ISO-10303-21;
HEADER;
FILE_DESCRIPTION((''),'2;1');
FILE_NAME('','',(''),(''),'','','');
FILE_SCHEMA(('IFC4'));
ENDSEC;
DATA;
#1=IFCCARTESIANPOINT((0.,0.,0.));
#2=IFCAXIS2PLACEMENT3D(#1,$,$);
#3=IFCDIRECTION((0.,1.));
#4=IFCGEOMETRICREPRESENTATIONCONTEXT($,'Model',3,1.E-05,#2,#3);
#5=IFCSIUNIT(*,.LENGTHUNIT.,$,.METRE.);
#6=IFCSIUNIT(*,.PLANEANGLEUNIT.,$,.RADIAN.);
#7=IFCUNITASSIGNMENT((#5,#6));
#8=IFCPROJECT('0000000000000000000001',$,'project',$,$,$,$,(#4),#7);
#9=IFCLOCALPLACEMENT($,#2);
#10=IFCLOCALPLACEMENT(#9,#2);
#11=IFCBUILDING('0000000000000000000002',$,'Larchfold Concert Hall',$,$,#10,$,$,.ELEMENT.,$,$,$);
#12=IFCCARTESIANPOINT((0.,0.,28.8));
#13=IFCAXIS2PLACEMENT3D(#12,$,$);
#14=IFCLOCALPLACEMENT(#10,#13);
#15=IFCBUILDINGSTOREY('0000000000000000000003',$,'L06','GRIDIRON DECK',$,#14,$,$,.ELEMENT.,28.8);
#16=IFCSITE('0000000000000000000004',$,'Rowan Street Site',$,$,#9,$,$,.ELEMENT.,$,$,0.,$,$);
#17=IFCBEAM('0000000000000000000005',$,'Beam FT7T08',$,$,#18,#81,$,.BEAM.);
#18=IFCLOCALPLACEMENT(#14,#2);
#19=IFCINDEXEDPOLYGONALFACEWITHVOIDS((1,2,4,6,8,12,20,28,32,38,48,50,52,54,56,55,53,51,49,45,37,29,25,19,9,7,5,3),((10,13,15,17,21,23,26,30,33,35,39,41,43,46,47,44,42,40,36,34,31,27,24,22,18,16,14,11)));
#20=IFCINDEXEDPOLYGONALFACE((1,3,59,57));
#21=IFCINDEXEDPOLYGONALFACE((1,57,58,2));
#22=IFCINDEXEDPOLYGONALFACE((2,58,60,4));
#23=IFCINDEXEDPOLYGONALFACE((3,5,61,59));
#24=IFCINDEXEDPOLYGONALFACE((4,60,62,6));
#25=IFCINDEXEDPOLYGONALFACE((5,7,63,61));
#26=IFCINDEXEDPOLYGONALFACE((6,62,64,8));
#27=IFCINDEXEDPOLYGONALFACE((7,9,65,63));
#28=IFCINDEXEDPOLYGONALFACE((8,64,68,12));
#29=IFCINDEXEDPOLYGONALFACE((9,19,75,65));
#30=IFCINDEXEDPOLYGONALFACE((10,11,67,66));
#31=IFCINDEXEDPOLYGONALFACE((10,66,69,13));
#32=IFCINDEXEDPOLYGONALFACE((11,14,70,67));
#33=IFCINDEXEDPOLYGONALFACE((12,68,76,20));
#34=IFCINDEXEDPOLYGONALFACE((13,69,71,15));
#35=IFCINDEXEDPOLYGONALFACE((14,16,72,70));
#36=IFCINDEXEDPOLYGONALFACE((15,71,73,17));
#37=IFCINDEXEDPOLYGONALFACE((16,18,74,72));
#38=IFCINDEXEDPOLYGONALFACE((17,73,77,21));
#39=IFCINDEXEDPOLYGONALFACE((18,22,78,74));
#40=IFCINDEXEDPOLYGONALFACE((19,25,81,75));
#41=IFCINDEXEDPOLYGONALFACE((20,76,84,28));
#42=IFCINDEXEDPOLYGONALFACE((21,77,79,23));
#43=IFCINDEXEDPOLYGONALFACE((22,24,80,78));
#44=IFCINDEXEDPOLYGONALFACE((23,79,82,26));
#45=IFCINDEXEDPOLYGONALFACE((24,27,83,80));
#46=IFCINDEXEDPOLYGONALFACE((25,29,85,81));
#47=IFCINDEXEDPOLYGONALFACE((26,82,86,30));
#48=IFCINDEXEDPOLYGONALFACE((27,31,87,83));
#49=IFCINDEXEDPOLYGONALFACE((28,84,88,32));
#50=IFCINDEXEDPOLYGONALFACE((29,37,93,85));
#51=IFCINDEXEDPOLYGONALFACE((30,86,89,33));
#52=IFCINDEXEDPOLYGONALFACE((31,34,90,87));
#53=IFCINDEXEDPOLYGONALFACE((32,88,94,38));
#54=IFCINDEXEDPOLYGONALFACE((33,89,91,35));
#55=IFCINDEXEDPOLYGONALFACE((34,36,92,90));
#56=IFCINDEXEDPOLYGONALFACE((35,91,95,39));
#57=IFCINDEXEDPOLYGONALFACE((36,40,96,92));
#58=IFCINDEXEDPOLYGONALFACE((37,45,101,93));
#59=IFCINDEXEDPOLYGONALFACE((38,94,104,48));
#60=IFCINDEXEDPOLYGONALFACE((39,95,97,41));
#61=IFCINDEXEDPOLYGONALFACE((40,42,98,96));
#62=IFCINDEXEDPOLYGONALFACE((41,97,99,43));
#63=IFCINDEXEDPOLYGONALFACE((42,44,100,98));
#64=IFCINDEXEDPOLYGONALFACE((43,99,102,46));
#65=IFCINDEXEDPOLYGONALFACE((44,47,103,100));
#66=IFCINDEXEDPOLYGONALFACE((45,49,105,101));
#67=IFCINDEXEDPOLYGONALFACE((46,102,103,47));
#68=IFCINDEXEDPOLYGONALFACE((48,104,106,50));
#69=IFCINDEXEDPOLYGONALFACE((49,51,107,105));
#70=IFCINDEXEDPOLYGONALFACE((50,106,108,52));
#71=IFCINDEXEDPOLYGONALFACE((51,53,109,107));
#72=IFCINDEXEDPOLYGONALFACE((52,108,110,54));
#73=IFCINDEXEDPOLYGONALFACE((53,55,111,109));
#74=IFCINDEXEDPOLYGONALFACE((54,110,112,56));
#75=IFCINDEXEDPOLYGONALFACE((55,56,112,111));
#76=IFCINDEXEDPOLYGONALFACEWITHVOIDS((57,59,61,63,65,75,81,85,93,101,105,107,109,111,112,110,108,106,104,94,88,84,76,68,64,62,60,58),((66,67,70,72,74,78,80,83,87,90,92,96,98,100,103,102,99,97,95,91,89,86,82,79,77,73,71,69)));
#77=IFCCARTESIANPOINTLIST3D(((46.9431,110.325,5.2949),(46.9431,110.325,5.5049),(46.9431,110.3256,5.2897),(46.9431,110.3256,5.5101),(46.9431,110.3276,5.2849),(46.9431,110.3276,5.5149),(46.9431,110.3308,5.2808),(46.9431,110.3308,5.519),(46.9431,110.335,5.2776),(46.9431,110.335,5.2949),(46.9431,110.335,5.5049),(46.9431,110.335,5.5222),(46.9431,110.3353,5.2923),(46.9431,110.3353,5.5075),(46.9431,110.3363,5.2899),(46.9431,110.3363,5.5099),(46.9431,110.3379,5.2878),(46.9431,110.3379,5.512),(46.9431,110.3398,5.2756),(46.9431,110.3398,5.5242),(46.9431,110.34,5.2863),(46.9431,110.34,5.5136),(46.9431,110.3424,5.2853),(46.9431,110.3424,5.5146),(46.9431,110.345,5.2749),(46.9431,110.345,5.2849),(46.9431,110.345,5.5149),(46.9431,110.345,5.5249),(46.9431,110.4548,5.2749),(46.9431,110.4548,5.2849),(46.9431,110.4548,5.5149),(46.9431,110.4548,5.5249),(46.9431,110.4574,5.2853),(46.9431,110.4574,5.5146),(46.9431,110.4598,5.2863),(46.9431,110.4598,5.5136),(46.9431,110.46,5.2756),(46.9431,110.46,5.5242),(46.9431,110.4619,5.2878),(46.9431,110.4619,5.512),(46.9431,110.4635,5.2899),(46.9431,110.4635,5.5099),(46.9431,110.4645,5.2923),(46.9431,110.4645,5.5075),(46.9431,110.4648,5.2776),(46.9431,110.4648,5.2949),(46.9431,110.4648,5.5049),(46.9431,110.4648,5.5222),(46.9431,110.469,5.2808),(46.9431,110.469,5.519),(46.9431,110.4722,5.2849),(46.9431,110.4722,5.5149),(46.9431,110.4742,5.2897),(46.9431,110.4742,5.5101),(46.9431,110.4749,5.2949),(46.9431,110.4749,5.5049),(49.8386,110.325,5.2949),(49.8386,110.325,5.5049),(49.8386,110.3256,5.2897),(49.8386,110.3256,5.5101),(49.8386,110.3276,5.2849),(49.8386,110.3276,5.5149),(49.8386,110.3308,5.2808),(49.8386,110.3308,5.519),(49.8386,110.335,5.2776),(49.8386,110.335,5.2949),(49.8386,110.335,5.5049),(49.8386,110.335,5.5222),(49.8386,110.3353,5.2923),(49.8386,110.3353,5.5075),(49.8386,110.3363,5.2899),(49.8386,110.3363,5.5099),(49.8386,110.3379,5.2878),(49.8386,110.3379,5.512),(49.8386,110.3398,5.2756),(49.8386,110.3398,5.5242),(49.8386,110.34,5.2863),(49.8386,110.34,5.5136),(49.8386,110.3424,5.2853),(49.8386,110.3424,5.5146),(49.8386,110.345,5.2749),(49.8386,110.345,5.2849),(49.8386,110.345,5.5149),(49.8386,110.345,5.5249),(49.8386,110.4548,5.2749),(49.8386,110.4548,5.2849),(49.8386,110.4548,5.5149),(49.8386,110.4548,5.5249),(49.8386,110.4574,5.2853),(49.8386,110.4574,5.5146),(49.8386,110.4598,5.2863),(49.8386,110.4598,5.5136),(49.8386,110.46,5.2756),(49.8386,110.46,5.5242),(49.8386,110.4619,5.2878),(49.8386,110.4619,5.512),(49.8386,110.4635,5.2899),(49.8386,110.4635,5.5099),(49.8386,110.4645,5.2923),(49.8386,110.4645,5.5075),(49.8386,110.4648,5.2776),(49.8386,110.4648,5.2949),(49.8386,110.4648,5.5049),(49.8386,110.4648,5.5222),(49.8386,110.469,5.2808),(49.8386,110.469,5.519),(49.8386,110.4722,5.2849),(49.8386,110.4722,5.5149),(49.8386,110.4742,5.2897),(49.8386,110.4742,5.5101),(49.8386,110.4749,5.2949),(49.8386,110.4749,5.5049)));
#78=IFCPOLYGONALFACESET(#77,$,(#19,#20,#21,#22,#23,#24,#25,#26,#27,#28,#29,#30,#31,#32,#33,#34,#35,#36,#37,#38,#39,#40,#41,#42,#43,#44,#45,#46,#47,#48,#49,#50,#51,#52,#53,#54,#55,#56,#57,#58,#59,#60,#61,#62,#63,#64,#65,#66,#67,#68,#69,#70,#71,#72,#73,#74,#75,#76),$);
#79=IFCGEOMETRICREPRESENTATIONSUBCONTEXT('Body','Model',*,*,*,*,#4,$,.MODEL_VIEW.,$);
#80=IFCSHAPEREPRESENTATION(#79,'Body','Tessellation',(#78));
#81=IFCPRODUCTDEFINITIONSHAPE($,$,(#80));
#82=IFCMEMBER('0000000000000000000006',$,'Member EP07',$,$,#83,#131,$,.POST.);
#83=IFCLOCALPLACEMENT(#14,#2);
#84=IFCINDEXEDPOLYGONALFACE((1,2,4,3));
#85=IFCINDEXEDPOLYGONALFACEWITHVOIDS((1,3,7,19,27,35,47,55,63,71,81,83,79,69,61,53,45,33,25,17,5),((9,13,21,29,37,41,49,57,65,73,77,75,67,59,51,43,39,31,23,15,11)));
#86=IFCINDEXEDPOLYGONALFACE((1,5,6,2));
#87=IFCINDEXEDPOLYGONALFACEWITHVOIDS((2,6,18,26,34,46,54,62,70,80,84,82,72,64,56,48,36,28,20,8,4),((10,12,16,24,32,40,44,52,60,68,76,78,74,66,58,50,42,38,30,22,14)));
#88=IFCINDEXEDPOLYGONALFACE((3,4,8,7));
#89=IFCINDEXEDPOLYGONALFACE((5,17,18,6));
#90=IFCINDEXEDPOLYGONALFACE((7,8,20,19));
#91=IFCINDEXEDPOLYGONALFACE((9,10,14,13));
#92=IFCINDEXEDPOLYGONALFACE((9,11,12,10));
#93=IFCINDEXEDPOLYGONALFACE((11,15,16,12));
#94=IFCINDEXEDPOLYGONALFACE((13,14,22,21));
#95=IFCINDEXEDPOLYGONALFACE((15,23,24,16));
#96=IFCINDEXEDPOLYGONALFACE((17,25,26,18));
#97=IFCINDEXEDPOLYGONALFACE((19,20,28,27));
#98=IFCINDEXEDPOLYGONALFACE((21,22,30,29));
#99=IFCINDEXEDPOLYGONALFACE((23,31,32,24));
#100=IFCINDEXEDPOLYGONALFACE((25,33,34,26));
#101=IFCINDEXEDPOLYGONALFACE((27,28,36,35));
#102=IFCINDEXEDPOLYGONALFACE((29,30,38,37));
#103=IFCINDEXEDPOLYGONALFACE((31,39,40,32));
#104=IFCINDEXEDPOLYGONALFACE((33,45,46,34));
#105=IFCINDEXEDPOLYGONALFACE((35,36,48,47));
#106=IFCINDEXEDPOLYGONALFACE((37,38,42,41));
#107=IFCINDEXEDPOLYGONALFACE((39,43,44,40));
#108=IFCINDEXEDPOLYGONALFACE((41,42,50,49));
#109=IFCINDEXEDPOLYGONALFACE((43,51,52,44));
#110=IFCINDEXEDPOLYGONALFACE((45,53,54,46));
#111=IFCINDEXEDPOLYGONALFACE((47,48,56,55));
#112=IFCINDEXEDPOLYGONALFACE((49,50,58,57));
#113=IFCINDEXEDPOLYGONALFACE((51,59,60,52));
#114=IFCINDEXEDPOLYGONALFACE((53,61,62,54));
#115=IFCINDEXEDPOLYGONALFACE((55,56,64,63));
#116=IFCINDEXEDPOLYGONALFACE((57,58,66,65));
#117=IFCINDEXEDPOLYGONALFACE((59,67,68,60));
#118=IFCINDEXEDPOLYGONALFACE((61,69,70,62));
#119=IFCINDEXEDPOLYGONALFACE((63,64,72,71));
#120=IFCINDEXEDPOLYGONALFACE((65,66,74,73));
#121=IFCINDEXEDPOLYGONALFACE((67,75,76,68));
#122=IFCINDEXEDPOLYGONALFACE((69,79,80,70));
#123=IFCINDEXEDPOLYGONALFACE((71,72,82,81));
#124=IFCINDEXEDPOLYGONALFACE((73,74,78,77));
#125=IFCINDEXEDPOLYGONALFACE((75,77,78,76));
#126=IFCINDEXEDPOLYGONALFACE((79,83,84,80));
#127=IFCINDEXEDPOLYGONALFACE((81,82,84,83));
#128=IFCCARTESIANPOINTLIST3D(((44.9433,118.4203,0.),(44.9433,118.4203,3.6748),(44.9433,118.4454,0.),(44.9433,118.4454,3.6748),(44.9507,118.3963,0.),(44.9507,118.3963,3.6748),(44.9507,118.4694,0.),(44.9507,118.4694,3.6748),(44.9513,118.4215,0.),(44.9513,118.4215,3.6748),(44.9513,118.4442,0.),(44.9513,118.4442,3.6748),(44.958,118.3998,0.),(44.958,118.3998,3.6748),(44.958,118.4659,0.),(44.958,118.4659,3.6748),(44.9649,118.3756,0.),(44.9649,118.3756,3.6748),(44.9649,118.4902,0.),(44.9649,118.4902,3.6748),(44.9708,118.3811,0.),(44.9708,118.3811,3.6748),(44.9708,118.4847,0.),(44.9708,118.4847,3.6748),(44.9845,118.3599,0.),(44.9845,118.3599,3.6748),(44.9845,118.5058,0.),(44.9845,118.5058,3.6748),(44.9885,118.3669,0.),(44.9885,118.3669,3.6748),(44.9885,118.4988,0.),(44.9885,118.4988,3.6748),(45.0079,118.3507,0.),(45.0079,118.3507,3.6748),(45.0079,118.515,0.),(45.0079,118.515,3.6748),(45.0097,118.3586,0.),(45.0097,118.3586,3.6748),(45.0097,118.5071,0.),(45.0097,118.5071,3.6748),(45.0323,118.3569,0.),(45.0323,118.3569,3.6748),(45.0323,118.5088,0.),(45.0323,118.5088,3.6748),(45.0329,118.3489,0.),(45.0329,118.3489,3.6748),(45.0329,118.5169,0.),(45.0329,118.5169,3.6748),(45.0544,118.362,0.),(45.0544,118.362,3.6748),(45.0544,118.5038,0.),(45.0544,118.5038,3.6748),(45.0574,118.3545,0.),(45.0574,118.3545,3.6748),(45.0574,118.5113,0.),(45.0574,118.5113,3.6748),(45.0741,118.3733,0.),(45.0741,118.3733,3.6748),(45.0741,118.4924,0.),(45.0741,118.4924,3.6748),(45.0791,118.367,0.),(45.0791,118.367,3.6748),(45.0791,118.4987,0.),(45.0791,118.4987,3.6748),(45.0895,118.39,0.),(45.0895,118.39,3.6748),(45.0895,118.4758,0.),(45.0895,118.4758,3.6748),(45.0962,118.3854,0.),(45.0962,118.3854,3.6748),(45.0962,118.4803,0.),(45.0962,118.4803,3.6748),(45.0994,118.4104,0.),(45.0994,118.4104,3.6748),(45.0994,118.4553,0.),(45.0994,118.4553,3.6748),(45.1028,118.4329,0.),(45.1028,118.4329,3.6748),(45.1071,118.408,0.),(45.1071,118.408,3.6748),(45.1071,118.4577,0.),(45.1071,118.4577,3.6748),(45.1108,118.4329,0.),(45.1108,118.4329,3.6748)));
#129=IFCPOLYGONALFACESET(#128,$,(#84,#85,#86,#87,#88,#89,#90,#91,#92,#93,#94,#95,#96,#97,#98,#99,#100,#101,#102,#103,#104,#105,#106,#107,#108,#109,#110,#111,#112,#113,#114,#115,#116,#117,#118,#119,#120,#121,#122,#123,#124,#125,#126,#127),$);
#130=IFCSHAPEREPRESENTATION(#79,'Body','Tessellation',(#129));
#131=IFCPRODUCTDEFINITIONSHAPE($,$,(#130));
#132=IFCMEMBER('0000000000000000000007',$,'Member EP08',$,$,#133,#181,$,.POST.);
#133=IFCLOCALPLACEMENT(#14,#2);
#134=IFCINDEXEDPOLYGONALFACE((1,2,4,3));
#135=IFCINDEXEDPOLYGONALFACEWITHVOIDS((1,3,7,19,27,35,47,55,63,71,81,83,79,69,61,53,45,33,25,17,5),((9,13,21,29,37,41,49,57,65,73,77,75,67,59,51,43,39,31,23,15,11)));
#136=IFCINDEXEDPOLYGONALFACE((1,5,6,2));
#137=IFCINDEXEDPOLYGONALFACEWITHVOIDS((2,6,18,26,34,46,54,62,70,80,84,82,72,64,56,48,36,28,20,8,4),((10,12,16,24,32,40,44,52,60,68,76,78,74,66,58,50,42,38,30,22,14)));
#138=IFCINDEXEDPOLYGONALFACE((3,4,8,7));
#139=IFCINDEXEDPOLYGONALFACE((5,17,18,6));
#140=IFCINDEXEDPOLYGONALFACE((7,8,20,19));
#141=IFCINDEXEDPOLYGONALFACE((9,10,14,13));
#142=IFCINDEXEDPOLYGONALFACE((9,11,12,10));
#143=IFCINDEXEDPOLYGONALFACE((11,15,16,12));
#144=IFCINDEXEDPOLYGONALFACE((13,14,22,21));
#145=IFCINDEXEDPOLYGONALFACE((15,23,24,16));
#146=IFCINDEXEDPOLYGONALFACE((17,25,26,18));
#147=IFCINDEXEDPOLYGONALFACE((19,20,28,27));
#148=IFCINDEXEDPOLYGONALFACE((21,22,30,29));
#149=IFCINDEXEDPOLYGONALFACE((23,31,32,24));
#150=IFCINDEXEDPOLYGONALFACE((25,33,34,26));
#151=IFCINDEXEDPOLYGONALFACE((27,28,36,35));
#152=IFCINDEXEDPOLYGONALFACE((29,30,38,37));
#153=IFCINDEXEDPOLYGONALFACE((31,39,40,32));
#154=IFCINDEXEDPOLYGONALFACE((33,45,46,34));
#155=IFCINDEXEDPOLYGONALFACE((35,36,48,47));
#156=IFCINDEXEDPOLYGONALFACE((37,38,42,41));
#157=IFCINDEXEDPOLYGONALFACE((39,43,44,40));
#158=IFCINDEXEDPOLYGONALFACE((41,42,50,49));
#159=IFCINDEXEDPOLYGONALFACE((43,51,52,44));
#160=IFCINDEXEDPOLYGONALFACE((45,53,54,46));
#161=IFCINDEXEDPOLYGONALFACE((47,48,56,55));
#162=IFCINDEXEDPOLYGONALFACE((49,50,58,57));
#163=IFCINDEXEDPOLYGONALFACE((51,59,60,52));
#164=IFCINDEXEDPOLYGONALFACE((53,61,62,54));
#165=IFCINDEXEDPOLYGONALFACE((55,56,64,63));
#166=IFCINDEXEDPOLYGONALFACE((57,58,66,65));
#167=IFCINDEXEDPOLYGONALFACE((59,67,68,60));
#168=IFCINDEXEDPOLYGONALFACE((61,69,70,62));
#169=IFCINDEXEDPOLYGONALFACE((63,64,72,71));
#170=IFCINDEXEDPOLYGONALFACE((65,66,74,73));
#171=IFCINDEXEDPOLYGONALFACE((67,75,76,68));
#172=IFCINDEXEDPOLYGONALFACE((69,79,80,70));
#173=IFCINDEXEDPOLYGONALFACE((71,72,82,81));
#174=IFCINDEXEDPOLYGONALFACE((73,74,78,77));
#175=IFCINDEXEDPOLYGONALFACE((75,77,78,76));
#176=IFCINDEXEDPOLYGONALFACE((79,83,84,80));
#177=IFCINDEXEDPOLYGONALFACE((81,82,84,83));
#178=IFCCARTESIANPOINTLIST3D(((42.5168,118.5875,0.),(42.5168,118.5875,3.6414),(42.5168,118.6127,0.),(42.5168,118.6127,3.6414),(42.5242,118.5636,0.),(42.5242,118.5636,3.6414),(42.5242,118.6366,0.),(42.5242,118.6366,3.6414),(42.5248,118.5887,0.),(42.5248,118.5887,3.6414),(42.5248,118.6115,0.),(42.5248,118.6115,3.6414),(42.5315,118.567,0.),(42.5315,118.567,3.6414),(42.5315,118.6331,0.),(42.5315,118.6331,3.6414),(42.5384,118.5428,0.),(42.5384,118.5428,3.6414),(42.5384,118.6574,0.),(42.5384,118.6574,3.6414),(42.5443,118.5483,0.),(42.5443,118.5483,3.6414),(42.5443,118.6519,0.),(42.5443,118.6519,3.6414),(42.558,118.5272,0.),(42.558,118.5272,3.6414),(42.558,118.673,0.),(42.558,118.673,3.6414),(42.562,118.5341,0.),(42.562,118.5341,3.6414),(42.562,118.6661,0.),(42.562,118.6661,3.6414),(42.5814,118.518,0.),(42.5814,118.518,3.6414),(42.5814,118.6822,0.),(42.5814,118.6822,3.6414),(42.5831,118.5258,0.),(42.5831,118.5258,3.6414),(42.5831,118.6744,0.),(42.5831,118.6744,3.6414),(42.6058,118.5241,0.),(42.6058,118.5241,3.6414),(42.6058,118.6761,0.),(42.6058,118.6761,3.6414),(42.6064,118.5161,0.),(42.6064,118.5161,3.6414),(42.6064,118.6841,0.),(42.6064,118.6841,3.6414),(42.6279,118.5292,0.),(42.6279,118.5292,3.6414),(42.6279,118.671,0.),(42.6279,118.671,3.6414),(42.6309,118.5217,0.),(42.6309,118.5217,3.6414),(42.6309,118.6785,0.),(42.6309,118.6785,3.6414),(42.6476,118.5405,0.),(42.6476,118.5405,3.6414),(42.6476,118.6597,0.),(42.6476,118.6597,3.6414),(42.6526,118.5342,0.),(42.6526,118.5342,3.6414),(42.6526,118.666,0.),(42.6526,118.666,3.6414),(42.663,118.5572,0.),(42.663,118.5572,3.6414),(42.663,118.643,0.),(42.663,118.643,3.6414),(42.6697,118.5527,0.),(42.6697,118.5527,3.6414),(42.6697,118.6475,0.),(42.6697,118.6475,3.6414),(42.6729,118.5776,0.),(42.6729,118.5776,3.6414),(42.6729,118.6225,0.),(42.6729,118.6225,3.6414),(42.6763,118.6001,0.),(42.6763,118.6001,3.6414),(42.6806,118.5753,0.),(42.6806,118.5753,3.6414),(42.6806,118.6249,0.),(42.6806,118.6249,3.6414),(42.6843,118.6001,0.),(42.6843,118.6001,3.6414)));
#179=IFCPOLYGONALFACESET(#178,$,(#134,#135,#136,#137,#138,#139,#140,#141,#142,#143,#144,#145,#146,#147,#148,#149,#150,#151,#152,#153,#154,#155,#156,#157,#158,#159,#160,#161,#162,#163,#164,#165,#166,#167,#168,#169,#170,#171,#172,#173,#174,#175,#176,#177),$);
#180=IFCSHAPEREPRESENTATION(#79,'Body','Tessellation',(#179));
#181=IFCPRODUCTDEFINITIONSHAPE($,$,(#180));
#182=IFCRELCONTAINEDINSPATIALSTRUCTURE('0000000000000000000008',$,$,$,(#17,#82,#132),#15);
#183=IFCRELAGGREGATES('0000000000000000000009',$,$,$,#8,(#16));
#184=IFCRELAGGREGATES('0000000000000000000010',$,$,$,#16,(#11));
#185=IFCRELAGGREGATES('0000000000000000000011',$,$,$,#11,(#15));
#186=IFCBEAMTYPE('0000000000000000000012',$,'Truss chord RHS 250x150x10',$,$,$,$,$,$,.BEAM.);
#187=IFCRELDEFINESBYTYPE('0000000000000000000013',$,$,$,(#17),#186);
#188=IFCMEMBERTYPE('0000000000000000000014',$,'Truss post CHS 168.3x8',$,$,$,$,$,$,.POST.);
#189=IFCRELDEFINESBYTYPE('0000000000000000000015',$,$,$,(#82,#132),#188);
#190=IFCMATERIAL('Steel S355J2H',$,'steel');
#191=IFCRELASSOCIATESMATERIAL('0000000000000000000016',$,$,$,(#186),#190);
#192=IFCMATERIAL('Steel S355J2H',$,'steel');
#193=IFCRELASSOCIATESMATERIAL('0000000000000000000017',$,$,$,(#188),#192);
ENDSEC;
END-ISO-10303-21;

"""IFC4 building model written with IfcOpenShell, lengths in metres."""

from ifc_helpers import new_model, si_unit, direction, frame, origin, origin_2d, place, context, subcontext, project, spatial, hollow_rectangle, hollow_circle, extrude, material, material_profile, profile_set, type_object, element, save


model = new_model("IFC4")

# Units and contexts
model_context = context("Model", 3, precision=1e-05, world=origin(), true_north=direction((0.0, 1.0)))
body_context = subcontext(model_context, "Body", "Model", "MODEL_VIEW")
ifc_project = project(units=[si_unit("LENGTHUNIT", "METRE"), si_unit("PLANEANGLEUNIT", "RADIAN")], contexts=[model_context])

# Site, building, storey
site_placement = place(None, origin())
site = spatial("IfcSite", under=ifc_project, at=site_placement, Name="Rowan Street Site", CompositionType="ELEMENT", RefElevation=0.0)
building_placement = place(site_placement, origin())
building = spatial("IfcBuilding", under=site, at=building_placement, Name="Larchfold Concert Hall", CompositionType="ELEMENT")
storey_placement = place(building_placement, frame((0.0, 0.0, 28.8)))
storey = spatial("IfcBuildingStorey", under=building, at=storey_placement, Name="L06", Description="GRIDIRON DECK", CompositionType="ELEMENT", Elevation=28.8)

# Beam
ifc_material_1 = material(Name="Steel S355J2H", Category="steel")
ifc_material_profile_1 = material_profile(ifc_material_1, hollow_rectangle(XDim=0.1499, YDim=0.25, WallThickness=0.01, InnerFilletRadius=0.01, OuterFilletRadius=0.02, at=origin_2d()))
ifc_profile_set_1 = profile_set([ifc_material_profile_1], Name="Steel S355J2H")
beam_type_1 = type_object("IfcBeamType", Name="Truss chord RHS 250x150x10", PredefinedType="BEAM", material=ifc_profile_set_1)
beam_1_placement = place(storey_placement, frame((46.9431, 110.3999, 5.3999), z_axis=(1.0, 0.0, 0.0), x_axis=(0.0, 1.0, 0.0)))
element("IfcBeam", 1, at=beam_1_placement, inside=storey, type_object=beam_type_1, Name="Beam FT7T08", PredefinedType="BEAM", context=body_context, shape_type="SweptSolid", body=[
    extrude(hollow_rectangle(XDim=0.1499, YDim=0.25, WallThickness=0.01, InnerFilletRadius=0.01, OuterFilletRadius=0.02, at=origin_2d()), origin(), (0.0, 0.0, 1.0), 2.8955),
])

# Members
ifc_material_2 = material(Name="Steel S355J2H", Category="steel")
ifc_material_profile_2 = material_profile(ifc_material_2, hollow_circle(Radius=0.0842, WallThickness=0.0081, at=origin_2d()))
ifc_profile_set_2 = profile_set([ifc_material_profile_2], Name="Steel S355J2H")
member_type_1 = type_object("IfcMemberType", Name="Truss post CHS 168.3x8", PredefinedType="POST", material=ifc_profile_set_2)
member_1_placement = place(storey_placement, frame((45.0266, 118.4329, 0.0), z_axis=(0.0, 0.0, 1.0), x_axis=(1.0, 0.0, 0.0)))
element("IfcMember", 2, at=member_1_placement, inside=storey, type_object=member_type_1, Name="Member EP07", PredefinedType="POST", context=body_context, shape_type="SweptSolid", body=[
    extrude(hollow_circle(Radius=0.0842, WallThickness=0.0081, at=origin_2d()), origin(), (0.0, 0.0, 1.0), 3.6748),
])
member_2_placement = place(storey_placement, frame((42.6001, 118.6001, 0.0), z_axis=(0.0, 0.0, 1.0), x_axis=(1.0, 0.0, 0.0)))
element("IfcMember", 3, at=member_2_placement, inside=storey, type_object=member_type_1, Name="Member EP08", PredefinedType="POST", context=body_context, shape_type="SweptSolid", body=[
    extrude(hollow_circle(Radius=0.0842, WallThickness=0.0081, at=origin_2d()), origin(), (0.0, 0.0, 1.0), 3.6414),
])

save(model, "model.ifc")
